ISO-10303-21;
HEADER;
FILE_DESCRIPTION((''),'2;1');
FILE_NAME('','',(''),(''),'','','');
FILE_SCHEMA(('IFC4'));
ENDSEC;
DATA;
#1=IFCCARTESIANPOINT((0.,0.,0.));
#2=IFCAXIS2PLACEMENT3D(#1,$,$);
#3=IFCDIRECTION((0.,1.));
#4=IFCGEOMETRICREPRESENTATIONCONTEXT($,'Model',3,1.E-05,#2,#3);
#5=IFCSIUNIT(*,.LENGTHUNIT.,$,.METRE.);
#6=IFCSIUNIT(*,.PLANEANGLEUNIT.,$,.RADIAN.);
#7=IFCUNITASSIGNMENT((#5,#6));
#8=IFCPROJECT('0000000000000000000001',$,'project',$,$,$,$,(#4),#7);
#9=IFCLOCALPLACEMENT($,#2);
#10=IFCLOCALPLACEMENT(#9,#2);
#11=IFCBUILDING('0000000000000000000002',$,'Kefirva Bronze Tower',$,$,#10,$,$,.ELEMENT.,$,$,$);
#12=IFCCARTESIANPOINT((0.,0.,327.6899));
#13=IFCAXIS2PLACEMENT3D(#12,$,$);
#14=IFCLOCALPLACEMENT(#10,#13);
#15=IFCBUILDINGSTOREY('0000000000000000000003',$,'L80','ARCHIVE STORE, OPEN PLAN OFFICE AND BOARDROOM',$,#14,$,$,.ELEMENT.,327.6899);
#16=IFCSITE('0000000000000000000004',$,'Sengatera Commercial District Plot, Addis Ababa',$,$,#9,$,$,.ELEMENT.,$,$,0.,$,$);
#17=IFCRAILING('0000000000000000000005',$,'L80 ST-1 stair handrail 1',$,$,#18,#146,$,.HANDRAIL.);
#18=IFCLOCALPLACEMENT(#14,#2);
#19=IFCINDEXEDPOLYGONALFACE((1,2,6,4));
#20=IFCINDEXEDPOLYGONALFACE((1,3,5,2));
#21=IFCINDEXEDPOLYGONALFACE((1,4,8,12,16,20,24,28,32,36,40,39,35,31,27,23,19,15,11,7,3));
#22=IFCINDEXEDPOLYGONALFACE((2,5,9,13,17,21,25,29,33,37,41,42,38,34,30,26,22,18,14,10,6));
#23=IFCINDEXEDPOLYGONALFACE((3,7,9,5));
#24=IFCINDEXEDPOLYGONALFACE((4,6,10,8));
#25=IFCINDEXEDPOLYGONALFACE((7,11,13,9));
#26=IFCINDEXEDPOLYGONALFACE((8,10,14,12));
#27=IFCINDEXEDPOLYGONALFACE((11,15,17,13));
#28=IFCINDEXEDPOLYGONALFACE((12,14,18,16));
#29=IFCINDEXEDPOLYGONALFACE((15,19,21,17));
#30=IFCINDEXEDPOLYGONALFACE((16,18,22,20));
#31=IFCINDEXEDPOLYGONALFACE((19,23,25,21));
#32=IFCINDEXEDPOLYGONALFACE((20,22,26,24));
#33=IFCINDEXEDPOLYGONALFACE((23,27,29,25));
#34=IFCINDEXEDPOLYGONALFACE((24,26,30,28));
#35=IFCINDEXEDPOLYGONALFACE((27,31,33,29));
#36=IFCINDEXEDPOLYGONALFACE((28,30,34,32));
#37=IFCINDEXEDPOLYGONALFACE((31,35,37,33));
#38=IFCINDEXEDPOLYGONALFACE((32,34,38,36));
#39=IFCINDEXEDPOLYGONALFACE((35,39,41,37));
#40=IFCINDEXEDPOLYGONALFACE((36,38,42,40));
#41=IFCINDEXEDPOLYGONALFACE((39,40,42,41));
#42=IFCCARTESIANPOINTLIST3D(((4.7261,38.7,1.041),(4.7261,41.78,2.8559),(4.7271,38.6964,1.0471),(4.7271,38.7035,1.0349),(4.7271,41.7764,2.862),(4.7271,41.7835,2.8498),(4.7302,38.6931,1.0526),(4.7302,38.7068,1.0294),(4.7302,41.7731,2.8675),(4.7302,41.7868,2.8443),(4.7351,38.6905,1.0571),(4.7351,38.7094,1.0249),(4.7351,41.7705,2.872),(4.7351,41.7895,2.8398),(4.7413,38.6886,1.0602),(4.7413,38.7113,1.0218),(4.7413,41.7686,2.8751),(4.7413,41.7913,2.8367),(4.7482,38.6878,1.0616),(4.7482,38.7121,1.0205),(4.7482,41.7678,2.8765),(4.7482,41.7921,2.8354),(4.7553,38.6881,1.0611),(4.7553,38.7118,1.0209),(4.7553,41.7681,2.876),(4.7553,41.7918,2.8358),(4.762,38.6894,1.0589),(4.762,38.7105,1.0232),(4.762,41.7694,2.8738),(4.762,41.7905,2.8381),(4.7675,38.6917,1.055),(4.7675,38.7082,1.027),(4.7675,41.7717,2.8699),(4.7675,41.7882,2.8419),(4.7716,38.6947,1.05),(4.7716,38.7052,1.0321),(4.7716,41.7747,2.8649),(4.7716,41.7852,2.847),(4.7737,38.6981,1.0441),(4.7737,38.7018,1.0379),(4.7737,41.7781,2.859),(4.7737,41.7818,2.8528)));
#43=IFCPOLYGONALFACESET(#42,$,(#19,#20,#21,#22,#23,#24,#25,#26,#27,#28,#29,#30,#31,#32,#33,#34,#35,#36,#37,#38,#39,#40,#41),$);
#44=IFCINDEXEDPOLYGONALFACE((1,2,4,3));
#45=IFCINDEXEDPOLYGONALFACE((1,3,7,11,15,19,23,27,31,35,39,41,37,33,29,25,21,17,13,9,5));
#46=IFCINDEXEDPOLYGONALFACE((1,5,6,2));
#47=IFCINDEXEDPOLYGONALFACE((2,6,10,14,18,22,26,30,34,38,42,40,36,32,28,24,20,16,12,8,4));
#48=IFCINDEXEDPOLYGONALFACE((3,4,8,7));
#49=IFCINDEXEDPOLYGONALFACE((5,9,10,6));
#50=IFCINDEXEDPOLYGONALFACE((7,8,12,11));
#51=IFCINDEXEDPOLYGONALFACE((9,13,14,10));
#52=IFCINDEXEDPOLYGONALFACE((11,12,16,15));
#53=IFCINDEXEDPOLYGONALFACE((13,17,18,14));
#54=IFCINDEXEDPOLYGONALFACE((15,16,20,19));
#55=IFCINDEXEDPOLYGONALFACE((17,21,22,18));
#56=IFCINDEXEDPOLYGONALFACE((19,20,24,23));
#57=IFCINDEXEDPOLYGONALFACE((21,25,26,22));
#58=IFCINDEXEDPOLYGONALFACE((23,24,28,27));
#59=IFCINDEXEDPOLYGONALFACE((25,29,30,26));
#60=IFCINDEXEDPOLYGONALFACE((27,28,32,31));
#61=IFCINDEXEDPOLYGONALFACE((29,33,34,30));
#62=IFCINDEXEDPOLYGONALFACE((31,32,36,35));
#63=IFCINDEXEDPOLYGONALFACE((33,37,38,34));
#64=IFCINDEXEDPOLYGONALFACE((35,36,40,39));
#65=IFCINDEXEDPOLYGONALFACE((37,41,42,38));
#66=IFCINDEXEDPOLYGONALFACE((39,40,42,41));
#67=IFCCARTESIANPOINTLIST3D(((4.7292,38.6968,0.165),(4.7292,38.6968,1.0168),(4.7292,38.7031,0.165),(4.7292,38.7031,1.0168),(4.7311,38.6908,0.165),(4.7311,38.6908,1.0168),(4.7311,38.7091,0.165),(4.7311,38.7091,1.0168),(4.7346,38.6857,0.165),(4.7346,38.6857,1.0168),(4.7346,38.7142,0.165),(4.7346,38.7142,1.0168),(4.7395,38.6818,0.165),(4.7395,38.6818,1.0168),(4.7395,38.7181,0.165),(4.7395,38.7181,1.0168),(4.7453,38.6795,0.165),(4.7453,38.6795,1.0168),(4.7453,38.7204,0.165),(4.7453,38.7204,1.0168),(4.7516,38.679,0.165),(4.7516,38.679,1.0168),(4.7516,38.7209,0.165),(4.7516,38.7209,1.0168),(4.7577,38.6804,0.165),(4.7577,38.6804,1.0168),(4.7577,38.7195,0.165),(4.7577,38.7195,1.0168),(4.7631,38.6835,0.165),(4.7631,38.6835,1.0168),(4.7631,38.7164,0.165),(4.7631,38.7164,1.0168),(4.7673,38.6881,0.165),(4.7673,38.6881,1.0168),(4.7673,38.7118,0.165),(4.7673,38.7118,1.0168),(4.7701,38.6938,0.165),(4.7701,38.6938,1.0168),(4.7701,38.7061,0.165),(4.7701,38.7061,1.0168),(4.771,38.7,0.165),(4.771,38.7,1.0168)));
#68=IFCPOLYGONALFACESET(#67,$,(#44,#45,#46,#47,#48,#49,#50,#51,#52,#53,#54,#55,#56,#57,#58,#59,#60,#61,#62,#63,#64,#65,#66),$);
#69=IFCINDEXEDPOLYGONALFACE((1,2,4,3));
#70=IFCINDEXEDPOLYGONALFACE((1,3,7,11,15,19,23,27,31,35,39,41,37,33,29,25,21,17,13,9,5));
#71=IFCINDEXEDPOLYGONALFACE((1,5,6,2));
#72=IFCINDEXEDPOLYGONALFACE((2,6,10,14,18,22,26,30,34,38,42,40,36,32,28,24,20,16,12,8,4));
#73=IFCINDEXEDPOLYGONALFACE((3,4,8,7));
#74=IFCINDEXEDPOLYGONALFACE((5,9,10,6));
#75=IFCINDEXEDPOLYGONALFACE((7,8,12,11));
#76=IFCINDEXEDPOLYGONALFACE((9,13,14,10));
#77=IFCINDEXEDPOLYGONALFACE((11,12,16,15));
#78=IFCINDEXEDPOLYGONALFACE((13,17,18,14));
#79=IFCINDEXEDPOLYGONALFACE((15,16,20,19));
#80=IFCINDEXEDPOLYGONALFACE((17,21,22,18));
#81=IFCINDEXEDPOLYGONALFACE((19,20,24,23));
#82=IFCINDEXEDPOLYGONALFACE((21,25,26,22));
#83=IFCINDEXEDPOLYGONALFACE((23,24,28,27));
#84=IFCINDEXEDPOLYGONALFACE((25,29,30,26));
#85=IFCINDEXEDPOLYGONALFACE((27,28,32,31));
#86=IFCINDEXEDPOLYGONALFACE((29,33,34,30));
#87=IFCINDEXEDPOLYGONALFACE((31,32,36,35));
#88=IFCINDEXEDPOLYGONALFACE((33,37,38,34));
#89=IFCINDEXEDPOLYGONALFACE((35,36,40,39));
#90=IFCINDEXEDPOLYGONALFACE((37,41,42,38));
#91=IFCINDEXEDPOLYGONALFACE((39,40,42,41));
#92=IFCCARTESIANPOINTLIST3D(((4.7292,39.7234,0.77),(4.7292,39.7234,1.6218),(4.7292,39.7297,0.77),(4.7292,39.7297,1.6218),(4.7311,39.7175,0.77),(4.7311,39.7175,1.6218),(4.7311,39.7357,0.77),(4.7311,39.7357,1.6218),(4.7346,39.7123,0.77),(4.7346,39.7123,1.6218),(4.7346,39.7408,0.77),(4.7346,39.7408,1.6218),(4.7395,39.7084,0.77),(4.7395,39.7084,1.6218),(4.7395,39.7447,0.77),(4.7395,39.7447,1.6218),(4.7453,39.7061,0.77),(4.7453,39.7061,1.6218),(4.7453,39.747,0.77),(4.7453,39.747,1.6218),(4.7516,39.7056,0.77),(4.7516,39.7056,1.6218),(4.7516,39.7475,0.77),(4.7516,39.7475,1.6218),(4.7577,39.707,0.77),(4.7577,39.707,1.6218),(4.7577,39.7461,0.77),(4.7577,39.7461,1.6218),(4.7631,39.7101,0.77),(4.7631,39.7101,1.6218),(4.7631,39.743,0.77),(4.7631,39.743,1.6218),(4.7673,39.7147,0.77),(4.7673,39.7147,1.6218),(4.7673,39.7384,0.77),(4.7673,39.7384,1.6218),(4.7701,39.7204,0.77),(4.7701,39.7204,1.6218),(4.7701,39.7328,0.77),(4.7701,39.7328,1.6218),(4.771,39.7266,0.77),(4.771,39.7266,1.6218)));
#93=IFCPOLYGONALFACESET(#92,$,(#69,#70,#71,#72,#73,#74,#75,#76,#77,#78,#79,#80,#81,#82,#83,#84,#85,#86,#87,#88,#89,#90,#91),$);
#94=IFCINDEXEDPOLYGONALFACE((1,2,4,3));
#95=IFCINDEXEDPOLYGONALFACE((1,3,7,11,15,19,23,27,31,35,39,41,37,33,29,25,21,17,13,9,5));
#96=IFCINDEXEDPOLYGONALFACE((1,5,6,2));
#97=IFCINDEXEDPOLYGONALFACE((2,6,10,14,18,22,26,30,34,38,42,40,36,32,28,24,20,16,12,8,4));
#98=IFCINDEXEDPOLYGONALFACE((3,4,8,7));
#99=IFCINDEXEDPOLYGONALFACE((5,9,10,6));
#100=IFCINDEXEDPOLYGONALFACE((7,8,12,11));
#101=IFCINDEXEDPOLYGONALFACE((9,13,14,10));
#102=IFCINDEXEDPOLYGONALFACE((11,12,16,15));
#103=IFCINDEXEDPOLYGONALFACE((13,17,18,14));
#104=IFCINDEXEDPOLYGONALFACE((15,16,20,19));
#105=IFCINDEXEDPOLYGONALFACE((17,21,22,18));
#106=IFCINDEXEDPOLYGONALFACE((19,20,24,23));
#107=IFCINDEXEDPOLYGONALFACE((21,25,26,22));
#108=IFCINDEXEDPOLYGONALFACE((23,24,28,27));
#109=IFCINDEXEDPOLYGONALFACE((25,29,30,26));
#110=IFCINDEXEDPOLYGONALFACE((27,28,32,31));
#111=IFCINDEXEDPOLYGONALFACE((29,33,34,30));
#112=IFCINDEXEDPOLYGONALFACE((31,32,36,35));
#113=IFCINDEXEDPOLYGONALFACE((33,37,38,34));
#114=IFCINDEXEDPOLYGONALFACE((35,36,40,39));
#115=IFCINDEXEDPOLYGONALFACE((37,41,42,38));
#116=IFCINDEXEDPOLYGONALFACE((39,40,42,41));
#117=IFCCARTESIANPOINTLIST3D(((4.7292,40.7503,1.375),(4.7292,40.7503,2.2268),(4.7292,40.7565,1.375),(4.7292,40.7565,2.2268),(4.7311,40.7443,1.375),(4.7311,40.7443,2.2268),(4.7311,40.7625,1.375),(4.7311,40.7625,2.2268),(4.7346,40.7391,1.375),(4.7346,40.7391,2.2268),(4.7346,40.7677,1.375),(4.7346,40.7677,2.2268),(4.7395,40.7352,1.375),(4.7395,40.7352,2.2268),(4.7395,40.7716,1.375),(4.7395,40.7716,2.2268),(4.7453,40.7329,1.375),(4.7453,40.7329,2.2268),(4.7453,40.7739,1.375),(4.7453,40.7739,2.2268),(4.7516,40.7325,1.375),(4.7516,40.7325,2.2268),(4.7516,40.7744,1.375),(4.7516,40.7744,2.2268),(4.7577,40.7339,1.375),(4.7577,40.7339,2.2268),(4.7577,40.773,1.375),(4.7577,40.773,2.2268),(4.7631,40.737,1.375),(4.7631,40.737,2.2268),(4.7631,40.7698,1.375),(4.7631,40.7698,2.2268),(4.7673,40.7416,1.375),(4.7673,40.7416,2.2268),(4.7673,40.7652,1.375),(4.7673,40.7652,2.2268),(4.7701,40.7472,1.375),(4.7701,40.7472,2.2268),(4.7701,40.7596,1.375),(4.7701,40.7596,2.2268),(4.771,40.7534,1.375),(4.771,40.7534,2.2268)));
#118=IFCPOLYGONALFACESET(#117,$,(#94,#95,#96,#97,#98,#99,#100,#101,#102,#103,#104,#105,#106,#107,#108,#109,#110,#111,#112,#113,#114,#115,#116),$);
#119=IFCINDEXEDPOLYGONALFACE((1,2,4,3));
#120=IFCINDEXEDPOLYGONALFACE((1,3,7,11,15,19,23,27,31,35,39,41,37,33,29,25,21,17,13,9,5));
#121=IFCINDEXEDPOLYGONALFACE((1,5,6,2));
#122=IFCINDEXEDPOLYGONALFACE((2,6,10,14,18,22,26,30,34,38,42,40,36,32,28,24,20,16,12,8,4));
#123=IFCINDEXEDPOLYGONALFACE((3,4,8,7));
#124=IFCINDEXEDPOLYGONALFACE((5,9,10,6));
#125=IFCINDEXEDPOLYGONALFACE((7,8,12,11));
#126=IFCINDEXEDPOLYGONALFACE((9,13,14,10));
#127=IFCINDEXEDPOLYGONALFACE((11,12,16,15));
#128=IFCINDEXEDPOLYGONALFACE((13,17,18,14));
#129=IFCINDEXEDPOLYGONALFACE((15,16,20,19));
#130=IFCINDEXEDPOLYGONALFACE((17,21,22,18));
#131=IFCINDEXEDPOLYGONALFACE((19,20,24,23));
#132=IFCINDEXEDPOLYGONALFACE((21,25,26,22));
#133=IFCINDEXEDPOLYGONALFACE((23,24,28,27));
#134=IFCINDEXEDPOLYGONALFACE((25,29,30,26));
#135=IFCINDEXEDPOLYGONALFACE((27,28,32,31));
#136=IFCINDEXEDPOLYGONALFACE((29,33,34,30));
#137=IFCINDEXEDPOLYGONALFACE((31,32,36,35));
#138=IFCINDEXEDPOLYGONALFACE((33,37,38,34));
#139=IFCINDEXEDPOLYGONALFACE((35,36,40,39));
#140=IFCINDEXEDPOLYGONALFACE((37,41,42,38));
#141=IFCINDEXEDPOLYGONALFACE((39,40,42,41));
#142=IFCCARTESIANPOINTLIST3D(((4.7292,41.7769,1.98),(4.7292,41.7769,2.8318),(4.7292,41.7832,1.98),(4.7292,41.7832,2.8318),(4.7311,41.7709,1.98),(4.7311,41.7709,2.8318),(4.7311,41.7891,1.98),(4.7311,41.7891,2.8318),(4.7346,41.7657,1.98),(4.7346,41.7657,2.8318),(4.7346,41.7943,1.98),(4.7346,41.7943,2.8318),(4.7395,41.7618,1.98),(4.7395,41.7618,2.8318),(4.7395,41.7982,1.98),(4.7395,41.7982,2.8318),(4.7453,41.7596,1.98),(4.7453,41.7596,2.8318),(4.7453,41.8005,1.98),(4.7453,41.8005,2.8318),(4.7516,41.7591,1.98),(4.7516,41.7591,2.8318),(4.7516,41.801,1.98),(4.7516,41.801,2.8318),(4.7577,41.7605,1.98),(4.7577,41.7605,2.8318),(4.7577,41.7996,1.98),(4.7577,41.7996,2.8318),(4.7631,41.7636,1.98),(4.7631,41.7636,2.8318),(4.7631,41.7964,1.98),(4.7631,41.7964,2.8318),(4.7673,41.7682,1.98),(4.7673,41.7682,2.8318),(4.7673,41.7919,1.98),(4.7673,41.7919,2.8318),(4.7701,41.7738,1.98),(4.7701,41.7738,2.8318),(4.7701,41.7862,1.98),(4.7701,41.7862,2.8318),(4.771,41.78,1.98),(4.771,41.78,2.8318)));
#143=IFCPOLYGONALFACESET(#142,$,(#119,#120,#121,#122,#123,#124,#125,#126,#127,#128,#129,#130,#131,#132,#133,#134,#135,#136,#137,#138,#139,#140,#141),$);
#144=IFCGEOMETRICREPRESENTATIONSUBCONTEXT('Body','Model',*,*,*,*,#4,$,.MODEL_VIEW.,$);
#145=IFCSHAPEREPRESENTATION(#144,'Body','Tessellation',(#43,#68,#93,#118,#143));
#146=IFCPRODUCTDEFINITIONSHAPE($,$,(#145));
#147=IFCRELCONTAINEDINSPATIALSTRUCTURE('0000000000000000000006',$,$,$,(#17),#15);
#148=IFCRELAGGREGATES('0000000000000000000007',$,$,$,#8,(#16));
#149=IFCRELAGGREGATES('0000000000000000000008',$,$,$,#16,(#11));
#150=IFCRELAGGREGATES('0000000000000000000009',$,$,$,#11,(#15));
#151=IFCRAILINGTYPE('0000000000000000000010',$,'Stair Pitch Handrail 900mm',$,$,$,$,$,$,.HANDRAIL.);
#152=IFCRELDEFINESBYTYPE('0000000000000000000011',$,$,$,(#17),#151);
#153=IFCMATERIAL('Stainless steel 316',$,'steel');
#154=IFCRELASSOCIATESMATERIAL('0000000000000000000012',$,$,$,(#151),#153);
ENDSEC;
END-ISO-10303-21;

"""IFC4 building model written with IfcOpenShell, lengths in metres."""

from ifc_helpers import new_model, si_unit, direction, frame, origin, origin_2d, place, context, subcontext, project, spatial, circle, extrude, material, type_object, element, save


model = new_model("IFC4")

# Units and contexts
model_context = context("Model", 3, precision=1e-05, world=origin(), true_north=direction((0.0, 1.0)))
body_context = subcontext(model_context, "Body", "Model", "MODEL_VIEW")
ifc_project = project(units=[si_unit("LENGTHUNIT", "METRE"), si_unit("PLANEANGLEUNIT", "RADIAN")], contexts=[model_context])

# Site, building, storey
site_placement = place(None, origin())
site = spatial("IfcSite", under=ifc_project, at=site_placement, Name="Sengatera Commercial District Plot, Addis Ababa", CompositionType="ELEMENT", RefElevation=0.0)
building_placement = place(site_placement, origin())
building = spatial("IfcBuilding", under=site, at=building_placement, Name="Kefirva Bronze Tower", CompositionType="ELEMENT")
storey_placement = place(building_placement, frame((0.0, 0.0, 327.6899)))
storey = spatial("IfcBuildingStorey", under=building, at=storey_placement, Name="L80", Description="ARCHIVE STORE, OPEN PLAN OFFICE AND BOARDROOM", CompositionType="ELEMENT", Elevation=327.6899)

# Railing
ifc_material_1 = material(Name="Stainless steel 316", Category="steel")
railing_type_1 = type_object("IfcRailingType", Name="Stair Pitch Handrail 900mm", PredefinedType="HANDRAIL", material=ifc_material_1)
railing_1_placement = place(storey_placement, frame((4.75, 38.7, 0.165)))
element("IfcRailing", 1, at=railing_1_placement, inside=storey, type_object=railing_type_1, Name="L80 ST-1 stair handrail 1", PredefinedType="HANDRAIL", context=body_context, shape_type="SweptSolid", body=[
    extrude(circle(Radius=0.0239, at=origin_2d()), frame((0.0, 0.0, 0.876), z_axis=(0.0, 0.861551, 0.507671), x_axis=(-1.0, 0.0, 0.0)), (0.0, 0.0, 1.0), 3.575),
    extrude(circle(Radius=0.021, at=origin_2d()), origin(), (0.0, 0.0, 1.0), 0.8518),
    extrude(circle(Radius=0.021, at=origin_2d()), frame((0.0, 1.0266, 0.605)), (0.0, 0.0, 1.0), 0.8518),
    extrude(circle(Radius=0.021, at=origin_2d()), frame((0.0, 2.0535, 1.21)), (0.0, 0.0, 1.0), 0.8518),
    extrude(circle(Radius=0.021, at=origin_2d()), frame((0.0, 3.0801, 1.8149)), (0.0, 0.0, 1.0), 0.8518),
])

save(model, "model.ifc")
